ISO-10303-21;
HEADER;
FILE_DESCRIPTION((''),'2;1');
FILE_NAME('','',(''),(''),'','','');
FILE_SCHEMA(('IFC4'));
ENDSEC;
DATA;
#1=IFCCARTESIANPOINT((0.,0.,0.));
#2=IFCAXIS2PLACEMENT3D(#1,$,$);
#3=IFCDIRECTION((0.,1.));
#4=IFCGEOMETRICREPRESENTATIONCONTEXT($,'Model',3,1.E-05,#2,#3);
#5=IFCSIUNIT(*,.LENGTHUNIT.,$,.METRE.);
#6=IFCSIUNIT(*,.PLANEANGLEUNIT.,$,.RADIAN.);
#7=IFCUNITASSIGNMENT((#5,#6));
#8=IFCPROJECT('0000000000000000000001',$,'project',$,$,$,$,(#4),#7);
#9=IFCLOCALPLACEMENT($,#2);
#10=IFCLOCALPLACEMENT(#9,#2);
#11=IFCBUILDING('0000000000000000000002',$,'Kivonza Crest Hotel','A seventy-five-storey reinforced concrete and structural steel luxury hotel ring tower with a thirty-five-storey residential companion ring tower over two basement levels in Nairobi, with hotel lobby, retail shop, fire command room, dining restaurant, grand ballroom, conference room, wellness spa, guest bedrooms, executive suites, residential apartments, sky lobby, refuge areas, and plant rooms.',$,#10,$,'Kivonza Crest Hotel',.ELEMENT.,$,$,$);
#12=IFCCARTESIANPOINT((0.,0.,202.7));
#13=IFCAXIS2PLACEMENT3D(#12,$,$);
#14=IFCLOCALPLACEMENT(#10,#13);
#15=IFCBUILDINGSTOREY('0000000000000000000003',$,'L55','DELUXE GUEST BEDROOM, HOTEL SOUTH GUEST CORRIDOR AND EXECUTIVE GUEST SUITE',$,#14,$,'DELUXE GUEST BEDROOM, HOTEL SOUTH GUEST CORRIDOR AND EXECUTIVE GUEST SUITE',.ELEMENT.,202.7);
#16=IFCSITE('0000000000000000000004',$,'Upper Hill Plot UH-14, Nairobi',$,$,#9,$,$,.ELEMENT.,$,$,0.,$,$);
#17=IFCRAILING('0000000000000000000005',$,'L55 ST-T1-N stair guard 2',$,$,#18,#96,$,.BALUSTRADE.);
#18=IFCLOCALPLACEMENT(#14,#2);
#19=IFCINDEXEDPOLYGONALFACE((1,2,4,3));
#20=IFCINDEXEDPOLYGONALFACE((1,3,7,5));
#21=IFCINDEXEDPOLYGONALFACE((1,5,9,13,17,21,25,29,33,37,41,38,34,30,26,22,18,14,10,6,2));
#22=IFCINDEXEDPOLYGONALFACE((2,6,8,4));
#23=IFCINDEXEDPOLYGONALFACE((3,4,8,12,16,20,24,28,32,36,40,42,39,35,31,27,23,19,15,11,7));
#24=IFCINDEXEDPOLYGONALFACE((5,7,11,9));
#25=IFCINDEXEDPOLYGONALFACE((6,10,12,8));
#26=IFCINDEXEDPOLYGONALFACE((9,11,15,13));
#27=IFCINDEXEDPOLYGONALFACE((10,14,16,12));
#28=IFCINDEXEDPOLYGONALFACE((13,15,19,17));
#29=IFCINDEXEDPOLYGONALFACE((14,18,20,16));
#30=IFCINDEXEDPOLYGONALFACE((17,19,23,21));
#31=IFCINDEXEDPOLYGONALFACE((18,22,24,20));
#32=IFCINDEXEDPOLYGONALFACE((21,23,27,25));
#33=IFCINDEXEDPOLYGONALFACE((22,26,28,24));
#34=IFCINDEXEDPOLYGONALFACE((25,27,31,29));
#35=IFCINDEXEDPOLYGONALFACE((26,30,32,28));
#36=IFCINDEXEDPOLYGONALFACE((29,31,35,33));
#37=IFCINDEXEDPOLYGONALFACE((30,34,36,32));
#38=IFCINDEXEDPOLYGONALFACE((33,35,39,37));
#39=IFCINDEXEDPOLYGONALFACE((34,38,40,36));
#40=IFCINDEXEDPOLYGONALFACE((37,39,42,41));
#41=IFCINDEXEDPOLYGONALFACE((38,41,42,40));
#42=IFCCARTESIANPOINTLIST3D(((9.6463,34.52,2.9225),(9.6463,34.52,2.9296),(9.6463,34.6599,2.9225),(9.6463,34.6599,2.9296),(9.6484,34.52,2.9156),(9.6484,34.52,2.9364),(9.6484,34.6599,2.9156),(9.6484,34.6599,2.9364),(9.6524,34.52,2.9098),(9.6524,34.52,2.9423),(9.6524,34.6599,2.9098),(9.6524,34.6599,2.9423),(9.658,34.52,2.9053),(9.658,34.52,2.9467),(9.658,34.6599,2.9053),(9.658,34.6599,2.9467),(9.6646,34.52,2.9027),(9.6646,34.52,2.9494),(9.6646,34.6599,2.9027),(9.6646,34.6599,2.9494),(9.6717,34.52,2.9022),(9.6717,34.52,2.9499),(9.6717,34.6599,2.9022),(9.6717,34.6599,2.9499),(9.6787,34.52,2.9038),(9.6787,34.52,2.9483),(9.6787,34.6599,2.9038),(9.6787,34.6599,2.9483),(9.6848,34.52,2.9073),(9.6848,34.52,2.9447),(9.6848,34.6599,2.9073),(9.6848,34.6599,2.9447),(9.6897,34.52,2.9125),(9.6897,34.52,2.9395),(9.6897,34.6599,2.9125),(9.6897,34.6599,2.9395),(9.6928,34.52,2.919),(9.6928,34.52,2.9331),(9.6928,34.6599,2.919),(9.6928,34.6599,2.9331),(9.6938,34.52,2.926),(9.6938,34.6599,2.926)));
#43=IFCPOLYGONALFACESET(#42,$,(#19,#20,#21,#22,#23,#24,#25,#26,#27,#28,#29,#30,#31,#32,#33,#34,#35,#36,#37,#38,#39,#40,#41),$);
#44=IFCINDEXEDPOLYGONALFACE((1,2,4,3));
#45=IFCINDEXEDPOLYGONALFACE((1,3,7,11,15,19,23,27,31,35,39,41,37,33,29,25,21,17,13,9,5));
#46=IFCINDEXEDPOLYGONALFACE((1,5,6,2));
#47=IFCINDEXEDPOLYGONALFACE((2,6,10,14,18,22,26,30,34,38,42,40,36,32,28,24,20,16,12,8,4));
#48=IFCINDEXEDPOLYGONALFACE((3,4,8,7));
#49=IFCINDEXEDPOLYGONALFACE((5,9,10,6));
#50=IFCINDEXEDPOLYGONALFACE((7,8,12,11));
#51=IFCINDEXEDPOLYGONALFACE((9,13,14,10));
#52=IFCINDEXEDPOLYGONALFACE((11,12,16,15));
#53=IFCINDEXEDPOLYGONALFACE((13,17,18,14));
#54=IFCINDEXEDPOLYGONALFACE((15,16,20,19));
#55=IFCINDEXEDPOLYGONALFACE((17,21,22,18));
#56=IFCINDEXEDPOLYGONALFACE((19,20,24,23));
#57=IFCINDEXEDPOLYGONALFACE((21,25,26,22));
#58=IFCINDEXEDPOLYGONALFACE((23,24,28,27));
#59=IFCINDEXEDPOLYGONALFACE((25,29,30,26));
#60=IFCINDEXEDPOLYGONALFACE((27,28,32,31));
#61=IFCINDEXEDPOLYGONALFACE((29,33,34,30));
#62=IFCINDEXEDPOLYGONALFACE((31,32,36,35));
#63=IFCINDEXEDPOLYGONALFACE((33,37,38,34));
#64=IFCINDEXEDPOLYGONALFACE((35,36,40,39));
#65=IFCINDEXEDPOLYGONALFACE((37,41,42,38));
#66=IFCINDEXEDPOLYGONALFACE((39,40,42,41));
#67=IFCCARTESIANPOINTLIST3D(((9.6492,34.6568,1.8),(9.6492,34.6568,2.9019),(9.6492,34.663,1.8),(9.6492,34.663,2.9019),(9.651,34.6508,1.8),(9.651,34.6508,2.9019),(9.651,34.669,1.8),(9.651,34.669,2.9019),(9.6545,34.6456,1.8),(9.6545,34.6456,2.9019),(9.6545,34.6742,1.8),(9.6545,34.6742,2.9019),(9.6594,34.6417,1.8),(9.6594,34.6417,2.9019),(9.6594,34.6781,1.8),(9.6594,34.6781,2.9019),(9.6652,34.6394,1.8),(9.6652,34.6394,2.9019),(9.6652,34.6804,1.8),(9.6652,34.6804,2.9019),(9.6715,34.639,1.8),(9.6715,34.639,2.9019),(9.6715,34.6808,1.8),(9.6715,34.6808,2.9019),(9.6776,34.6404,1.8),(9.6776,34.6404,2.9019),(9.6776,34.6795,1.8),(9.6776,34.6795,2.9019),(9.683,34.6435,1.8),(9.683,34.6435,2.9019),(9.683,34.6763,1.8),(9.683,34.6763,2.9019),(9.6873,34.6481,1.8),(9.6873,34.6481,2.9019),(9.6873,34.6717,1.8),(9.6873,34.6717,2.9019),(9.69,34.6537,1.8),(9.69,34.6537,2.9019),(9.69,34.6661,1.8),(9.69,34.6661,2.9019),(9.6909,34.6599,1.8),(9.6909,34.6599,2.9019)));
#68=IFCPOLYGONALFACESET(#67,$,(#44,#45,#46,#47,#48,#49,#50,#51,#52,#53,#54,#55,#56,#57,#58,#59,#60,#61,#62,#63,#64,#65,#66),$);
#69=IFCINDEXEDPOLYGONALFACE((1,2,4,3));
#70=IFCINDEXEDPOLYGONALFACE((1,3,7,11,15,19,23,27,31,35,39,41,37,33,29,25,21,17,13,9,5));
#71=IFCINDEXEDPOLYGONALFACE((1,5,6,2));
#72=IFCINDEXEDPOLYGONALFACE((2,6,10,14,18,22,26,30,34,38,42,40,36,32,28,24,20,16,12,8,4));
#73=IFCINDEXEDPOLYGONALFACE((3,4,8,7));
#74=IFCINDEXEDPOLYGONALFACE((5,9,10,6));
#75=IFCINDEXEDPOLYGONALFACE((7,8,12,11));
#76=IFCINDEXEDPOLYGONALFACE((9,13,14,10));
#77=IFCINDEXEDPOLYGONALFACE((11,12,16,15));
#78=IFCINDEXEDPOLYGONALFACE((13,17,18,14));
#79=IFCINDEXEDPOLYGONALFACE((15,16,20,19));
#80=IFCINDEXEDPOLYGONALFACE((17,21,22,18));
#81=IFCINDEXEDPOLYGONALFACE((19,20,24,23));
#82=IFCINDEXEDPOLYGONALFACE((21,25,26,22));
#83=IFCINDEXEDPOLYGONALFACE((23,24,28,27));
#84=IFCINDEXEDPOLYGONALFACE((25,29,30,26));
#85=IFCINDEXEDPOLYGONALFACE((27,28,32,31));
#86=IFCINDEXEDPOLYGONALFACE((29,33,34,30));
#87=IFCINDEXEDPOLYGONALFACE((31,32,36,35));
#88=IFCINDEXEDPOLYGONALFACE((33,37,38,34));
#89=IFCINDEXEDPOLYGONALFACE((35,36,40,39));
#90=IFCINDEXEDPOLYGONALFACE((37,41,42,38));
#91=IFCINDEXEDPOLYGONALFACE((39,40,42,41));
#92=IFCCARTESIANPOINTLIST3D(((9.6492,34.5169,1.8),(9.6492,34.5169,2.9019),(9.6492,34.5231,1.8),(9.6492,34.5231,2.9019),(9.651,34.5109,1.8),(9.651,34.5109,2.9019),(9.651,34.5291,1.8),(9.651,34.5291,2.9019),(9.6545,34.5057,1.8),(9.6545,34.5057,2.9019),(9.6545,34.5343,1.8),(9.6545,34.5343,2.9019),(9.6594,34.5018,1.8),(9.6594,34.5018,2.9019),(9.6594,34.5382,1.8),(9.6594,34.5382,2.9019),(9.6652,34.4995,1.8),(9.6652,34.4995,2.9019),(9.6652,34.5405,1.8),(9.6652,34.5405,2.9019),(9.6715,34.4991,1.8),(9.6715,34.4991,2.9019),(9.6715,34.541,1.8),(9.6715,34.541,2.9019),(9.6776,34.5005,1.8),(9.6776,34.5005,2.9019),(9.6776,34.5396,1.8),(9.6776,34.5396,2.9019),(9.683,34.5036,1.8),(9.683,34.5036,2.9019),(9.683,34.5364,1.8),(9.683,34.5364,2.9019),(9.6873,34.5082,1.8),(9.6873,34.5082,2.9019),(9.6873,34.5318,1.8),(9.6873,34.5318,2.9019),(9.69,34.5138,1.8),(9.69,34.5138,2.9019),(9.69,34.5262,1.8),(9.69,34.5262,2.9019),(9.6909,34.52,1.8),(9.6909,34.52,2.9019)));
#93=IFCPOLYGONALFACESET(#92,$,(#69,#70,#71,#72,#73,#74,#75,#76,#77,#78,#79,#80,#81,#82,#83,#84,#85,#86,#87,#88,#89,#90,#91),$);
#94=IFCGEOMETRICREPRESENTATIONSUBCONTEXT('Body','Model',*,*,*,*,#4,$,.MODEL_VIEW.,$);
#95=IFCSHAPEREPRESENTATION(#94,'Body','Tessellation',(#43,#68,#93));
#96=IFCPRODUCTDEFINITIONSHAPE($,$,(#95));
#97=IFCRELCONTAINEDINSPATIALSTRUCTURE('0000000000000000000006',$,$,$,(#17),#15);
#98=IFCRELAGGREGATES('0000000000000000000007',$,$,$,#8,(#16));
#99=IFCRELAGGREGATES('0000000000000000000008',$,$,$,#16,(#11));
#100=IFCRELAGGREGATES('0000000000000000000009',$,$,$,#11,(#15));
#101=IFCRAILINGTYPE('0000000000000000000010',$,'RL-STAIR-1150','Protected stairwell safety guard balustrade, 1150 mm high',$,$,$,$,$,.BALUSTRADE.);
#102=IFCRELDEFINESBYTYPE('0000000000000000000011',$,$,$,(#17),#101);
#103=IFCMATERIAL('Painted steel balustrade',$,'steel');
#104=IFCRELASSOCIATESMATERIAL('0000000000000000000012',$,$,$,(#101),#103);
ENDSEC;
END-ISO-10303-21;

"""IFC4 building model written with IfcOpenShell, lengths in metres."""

from ifc_helpers import new_model, si_unit, direction, frame, origin, origin_2d, place, context, subcontext, project, spatial, circle, extrude, material, type_object, element, save


model = new_model("IFC4")

# Units and contexts
model_context = context("Model", 3, precision=1e-05, world=origin(), true_north=direction((0.0, 1.0)))
body_context = subcontext(model_context, "Body", "Model", "MODEL_VIEW")
ifc_project = project(units=[si_unit("LENGTHUNIT", "METRE"), si_unit("PLANEANGLEUNIT", "RADIAN")], contexts=[model_context])

# Site, building, storey
site_placement = place(None, origin())
site = spatial("IfcSite", under=ifc_project, at=site_placement, Name="Upper Hill Plot UH-14, Nairobi", CompositionType="ELEMENT", RefElevation=0.0)
building_placement = place(site_placement, origin())
building = spatial("IfcBuilding", under=site, at=building_placement, Name="Kivonza Crest Hotel", Description="A seventy-five-storey reinforced concrete and structural steel luxury hotel ring tower with a thirty-five-storey residential companion ring tower over two basement levels in Nairobi, with hotel lobby, retail shop, fire command room, dining restaurant, grand ballroom, conference room, wellness spa, guest bedrooms, executive suites, residential apartments, sky lobby, refuge areas, and plant rooms.", LongName="Kivonza Crest Hotel", CompositionType="ELEMENT")
storey_placement = place(building_placement, frame((0.0, 0.0, 202.7)))
storey = spatial("IfcBuildingStorey", under=building, at=storey_placement, Name="L55", Description="DELUXE GUEST BEDROOM, HOTEL SOUTH GUEST CORRIDOR AND EXECUTIVE GUEST SUITE", LongName="DELUXE GUEST BEDROOM, HOTEL SOUTH GUEST CORRIDOR AND EXECUTIVE GUEST SUITE", CompositionType="ELEMENT", Elevation=202.7)

# Railing
ifc_material_1 = material(Name="Painted steel balustrade", Category="steel")
railing_type_1 = type_object("IfcRailingType", Name="RL-STAIR-1150", Description="Protected stairwell safety guard balustrade, 1150 mm high", PredefinedType="BALUSTRADE", material=ifc_material_1)
railing_1_placement = place(storey_placement, frame((9.6699, 34.6599, 1.8)))
element("IfcRailing", 1, at=railing_1_placement, inside=storey, type_object=railing_type_1, Name="L55 ST-T1-N stair guard 2", PredefinedType="BALUSTRADE", context=body_context, shape_type="SweptSolid", body=[
    extrude(circle(Radius=0.0239, at=origin_2d()), frame((0.0, 0.0, 1.126), z_axis=(0.0, -1.0, 0.0), x_axis=(1.0, 0.0, 0.0)), (0.0, 0.0, 1.0), 0.1399),
    extrude(circle(Radius=0.021, at=origin_2d()), origin(), (0.0, 0.0, 1.0), 1.1018),
    extrude(circle(Radius=0.021, at=origin_2d()), frame((0.0, -0.1399, 0.0)), (0.0, 0.0, 1.0), 1.1018),
])

save(model, "model.ifc")
